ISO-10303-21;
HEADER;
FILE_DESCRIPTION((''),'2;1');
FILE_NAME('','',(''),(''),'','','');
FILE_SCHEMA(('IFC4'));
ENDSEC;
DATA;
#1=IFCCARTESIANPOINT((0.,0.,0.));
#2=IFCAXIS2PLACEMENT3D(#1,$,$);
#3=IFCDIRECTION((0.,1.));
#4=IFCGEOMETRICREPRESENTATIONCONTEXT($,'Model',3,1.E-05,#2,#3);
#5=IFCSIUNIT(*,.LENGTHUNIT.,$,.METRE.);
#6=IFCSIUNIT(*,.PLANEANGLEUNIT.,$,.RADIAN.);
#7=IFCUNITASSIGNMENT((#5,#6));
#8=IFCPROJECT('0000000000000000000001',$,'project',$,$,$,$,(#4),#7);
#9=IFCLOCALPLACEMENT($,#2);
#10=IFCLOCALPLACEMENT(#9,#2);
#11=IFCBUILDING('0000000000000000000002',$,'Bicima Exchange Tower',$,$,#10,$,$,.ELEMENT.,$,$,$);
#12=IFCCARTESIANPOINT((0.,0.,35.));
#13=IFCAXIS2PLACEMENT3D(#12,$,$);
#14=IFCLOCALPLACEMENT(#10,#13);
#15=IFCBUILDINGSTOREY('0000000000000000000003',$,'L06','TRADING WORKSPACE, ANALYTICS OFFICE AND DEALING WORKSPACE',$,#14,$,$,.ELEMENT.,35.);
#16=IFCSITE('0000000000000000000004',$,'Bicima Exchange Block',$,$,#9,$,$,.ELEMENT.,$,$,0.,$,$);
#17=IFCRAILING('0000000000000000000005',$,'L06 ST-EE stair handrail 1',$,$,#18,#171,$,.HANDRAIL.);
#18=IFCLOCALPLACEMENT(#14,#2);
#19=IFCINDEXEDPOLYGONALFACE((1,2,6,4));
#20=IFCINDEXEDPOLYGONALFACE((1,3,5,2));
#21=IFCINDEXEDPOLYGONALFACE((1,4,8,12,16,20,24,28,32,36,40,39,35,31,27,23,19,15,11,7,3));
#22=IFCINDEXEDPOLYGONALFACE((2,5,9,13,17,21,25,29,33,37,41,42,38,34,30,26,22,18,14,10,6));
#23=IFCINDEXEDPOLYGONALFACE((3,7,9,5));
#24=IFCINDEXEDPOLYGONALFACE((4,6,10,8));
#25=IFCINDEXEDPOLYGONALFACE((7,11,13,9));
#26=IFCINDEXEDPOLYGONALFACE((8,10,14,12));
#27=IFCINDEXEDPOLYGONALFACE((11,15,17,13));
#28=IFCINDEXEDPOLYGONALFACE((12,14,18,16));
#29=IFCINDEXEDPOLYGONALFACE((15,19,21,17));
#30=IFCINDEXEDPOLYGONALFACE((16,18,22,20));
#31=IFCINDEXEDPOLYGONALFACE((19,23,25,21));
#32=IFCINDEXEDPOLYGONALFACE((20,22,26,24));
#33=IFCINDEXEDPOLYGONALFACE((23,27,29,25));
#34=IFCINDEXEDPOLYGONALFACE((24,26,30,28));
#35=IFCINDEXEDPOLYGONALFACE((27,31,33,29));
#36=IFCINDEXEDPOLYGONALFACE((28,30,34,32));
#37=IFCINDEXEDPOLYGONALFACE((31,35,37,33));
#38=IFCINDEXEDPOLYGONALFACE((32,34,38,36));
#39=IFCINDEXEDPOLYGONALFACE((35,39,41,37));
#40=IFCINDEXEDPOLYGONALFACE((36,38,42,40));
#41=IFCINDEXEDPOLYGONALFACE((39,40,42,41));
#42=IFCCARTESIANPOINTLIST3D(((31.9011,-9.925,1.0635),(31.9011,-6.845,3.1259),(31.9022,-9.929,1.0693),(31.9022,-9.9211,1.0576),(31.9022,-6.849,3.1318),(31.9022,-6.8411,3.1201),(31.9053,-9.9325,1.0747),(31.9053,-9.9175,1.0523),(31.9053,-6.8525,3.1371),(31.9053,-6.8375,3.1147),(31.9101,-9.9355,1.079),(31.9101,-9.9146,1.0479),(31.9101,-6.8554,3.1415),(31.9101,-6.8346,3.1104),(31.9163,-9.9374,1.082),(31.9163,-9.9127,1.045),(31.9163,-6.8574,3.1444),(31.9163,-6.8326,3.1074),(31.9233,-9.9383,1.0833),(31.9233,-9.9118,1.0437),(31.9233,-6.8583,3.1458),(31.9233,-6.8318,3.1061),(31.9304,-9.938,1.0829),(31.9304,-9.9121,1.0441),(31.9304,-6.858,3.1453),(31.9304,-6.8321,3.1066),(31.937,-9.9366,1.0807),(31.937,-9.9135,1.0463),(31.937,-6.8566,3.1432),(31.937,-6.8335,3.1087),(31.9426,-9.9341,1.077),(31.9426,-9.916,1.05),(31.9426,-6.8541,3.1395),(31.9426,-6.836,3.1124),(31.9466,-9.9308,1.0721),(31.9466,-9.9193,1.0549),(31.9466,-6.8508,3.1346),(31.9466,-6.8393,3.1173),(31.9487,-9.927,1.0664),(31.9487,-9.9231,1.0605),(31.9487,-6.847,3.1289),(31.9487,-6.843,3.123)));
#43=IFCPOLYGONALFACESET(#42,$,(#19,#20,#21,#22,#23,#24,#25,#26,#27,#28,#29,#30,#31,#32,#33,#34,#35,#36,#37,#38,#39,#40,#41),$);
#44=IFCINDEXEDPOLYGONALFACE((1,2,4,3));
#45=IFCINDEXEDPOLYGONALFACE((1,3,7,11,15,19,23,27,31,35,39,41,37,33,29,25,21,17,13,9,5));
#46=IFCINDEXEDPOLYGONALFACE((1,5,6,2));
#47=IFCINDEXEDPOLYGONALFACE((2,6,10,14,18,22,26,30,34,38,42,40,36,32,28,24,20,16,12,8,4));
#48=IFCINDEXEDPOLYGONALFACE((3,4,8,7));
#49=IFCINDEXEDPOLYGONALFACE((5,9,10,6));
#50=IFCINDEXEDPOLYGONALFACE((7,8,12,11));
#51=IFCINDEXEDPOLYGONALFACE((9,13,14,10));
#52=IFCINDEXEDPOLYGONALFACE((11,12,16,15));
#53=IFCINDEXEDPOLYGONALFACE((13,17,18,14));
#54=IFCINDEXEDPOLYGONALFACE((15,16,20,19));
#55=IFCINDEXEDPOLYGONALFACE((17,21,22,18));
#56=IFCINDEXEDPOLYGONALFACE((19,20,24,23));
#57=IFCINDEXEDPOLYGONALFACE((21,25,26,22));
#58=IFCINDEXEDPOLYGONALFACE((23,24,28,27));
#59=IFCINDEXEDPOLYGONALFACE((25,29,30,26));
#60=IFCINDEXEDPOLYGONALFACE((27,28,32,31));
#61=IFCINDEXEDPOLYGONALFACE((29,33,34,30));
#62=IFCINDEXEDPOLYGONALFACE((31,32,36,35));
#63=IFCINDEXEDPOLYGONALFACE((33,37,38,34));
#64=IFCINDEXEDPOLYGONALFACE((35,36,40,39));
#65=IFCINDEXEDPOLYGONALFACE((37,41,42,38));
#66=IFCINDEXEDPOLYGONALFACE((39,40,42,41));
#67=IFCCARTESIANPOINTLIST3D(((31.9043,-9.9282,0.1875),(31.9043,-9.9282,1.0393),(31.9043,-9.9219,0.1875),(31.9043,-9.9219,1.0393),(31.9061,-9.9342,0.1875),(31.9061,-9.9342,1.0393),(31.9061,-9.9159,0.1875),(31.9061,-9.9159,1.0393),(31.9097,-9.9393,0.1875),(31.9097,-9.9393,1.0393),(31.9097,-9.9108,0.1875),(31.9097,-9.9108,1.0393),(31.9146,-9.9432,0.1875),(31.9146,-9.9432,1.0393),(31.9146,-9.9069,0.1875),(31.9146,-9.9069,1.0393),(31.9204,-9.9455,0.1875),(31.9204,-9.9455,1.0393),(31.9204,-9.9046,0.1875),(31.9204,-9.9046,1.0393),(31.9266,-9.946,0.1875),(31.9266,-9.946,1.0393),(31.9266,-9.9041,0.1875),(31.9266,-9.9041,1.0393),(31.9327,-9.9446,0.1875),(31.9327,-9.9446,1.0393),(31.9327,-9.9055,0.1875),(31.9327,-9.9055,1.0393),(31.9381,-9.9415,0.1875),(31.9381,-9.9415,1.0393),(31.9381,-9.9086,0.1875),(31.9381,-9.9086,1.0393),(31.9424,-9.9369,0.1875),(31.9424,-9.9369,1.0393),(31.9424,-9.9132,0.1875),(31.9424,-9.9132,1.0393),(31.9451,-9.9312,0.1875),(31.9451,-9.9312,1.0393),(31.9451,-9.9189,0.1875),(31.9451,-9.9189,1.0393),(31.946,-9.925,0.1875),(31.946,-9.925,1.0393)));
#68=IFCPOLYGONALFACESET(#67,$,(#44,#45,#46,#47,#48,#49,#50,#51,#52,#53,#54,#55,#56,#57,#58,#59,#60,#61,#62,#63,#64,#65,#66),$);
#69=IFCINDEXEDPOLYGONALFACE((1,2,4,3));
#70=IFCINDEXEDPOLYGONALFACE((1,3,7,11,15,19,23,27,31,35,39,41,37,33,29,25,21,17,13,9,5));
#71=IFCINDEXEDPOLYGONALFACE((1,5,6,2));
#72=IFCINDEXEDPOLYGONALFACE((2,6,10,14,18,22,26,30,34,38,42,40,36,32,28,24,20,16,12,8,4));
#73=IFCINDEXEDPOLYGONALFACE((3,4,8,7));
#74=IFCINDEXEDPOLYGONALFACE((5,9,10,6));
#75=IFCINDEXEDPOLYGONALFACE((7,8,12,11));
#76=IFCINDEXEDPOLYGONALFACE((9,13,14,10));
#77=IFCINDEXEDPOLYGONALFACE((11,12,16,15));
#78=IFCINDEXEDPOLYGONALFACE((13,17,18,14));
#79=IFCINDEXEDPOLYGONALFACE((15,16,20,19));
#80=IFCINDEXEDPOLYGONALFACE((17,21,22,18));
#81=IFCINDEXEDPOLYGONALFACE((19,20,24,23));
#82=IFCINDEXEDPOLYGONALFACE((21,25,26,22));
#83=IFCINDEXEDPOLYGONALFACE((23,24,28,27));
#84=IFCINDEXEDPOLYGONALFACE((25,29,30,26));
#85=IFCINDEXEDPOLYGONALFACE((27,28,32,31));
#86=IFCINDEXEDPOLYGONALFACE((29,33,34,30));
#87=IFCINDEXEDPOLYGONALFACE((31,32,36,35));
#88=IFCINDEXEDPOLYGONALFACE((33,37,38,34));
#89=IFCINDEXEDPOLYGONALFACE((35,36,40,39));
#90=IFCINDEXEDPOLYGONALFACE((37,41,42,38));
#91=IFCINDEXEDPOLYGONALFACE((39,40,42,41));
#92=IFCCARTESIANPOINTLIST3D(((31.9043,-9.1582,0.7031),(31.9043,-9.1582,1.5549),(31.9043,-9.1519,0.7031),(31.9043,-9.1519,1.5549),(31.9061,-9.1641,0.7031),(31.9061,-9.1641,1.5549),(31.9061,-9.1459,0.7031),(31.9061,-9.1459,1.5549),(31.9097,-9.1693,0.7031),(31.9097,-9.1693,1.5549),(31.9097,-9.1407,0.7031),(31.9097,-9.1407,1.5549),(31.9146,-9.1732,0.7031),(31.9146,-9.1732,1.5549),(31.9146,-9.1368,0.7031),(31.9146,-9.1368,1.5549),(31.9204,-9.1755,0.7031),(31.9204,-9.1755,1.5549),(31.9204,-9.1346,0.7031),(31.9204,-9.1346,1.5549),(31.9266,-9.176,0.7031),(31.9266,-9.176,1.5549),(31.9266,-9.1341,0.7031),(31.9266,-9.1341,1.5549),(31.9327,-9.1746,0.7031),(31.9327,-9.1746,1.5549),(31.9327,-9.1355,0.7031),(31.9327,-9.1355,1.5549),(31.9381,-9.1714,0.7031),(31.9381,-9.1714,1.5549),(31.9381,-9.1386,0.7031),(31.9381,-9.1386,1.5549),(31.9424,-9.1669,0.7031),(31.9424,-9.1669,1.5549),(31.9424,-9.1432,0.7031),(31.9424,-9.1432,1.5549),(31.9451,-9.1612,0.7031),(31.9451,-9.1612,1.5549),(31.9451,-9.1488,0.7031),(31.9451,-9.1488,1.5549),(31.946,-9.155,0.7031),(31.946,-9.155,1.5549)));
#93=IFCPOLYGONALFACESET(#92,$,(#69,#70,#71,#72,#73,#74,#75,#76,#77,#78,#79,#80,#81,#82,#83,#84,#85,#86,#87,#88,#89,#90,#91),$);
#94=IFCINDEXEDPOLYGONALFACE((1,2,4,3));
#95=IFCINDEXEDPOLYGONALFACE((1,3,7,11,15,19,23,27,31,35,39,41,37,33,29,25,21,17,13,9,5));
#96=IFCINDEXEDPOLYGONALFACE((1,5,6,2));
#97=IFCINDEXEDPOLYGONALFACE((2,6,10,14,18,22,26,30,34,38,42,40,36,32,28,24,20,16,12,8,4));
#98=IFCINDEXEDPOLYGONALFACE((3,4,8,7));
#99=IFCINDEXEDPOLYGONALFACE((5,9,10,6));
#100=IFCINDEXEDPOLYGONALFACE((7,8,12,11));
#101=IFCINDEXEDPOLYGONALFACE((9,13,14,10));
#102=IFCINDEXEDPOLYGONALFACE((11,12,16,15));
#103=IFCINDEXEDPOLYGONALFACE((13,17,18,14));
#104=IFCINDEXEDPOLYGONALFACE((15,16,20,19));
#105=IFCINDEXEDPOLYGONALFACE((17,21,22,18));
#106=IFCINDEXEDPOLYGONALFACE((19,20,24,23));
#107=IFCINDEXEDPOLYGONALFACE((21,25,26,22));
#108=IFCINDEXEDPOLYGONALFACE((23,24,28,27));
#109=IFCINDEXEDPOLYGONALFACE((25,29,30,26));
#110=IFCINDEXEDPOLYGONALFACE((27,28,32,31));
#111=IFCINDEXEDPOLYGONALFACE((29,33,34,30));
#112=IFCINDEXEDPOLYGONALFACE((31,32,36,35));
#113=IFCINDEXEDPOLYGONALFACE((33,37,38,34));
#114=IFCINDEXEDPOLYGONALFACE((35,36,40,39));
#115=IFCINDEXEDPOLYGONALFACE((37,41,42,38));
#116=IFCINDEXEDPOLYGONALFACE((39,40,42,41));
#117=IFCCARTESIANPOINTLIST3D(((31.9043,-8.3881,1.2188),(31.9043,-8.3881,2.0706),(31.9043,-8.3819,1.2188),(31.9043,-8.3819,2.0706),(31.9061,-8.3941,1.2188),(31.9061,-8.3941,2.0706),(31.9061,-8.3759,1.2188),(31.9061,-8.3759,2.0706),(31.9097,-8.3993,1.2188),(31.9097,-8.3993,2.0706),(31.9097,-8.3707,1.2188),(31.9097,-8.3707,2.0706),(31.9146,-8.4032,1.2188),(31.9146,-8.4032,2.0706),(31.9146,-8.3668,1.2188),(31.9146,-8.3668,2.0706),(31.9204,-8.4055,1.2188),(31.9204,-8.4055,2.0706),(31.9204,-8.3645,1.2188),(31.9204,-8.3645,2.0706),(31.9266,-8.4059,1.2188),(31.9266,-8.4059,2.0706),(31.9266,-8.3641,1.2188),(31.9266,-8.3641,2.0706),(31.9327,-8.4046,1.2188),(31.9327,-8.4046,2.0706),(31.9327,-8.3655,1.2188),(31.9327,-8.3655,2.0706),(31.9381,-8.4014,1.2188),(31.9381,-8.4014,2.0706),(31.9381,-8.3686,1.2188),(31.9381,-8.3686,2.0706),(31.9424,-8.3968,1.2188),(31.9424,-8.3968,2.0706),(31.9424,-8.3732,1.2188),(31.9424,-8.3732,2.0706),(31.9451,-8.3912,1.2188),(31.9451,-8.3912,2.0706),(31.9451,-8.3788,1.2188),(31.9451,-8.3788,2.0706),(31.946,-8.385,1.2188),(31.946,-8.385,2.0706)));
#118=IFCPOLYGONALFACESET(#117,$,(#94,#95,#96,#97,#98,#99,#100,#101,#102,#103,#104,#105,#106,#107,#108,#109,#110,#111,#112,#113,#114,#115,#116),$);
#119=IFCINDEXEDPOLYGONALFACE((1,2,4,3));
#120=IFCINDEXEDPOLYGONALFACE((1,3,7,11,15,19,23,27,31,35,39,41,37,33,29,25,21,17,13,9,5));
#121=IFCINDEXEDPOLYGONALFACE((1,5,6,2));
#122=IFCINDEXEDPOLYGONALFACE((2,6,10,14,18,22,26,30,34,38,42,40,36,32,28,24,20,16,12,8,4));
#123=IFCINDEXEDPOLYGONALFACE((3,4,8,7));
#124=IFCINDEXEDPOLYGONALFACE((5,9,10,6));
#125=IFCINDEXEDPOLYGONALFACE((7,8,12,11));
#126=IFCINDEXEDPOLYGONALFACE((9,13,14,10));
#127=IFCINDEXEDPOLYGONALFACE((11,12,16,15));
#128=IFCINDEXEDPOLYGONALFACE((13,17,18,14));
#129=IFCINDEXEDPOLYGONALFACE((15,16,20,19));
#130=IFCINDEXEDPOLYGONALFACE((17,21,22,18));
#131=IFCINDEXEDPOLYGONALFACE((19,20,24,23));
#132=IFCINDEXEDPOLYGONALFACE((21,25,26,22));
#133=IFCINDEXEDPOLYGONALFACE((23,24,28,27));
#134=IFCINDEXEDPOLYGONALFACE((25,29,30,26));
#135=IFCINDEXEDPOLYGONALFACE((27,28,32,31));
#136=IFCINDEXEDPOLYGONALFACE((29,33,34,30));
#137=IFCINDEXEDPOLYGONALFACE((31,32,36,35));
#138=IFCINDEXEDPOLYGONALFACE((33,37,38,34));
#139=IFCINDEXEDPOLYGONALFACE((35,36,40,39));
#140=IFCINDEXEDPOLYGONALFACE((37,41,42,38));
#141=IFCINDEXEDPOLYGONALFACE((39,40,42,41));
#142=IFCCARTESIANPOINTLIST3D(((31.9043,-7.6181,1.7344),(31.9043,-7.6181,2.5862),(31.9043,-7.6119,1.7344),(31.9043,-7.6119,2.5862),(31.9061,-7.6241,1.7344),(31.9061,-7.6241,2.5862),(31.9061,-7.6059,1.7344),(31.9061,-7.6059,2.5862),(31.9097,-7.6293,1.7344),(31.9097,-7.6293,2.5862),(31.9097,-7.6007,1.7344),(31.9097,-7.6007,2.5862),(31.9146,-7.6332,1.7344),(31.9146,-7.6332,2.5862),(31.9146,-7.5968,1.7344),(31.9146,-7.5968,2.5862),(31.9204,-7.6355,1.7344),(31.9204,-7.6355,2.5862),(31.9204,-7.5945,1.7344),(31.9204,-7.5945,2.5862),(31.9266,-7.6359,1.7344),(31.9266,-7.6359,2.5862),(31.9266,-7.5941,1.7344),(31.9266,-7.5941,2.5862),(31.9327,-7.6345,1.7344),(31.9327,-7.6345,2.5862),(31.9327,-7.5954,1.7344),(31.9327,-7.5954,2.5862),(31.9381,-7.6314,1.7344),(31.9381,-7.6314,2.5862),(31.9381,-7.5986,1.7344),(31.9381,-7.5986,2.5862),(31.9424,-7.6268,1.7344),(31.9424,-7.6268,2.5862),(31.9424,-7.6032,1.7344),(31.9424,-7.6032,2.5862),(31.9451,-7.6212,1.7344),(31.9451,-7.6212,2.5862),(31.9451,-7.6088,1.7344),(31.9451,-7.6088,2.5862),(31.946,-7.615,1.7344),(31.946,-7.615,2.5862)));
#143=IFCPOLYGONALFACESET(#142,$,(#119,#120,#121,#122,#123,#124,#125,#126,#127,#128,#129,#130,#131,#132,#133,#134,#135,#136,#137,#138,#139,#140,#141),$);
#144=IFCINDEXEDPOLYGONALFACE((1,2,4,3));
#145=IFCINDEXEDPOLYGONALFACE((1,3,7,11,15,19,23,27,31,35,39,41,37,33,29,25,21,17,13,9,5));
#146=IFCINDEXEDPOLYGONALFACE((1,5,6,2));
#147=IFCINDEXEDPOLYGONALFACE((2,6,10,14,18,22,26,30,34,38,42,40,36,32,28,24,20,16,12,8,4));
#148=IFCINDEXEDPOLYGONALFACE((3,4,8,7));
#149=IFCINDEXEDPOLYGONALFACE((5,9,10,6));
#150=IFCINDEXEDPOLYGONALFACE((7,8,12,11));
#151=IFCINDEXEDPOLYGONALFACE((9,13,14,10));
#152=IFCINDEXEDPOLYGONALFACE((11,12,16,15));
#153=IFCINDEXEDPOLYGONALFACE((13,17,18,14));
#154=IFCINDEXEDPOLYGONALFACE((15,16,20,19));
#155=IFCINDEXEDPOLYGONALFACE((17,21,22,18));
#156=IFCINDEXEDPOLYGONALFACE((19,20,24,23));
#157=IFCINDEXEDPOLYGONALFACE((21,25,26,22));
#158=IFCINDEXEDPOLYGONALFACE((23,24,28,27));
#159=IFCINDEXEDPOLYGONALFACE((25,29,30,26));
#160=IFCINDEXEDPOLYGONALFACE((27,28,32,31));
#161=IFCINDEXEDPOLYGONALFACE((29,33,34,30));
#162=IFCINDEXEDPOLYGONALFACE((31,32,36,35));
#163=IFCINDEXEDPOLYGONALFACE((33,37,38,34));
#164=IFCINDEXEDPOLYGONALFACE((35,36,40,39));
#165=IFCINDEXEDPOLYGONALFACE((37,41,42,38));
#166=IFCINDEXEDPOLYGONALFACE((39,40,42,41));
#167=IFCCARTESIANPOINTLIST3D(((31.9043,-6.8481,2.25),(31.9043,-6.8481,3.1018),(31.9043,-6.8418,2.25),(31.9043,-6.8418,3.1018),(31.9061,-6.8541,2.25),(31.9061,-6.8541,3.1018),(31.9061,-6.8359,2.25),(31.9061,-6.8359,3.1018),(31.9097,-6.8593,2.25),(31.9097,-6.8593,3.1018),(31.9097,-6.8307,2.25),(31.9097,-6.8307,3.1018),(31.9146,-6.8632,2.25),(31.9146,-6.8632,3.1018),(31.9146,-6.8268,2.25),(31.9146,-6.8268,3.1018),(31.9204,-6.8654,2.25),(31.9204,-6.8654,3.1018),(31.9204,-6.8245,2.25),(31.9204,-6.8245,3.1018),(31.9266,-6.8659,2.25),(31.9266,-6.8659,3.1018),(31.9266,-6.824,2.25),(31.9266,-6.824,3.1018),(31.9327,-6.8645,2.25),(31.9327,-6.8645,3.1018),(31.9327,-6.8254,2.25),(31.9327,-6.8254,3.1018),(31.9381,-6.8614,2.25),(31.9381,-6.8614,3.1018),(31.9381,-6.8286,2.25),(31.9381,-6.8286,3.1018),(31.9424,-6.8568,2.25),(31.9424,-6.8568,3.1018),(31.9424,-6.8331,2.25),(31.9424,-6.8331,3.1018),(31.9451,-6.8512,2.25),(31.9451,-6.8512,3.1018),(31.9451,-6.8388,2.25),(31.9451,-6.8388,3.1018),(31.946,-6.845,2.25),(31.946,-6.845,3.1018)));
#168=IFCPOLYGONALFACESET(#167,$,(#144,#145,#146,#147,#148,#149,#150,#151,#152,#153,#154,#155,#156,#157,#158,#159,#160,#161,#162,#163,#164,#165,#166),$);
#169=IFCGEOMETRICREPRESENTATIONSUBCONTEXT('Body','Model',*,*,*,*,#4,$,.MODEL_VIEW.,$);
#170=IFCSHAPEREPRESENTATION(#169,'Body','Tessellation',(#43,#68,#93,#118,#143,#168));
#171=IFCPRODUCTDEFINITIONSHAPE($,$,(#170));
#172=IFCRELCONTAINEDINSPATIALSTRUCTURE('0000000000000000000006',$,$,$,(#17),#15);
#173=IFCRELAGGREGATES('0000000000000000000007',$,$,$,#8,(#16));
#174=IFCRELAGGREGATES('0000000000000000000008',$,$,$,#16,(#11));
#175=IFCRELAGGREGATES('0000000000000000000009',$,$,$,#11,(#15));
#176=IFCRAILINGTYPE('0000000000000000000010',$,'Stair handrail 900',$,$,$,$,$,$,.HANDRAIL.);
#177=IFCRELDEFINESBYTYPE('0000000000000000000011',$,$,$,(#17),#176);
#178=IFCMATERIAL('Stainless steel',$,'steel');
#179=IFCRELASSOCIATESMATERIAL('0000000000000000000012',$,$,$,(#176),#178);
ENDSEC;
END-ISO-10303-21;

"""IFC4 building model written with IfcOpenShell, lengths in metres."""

from ifc_helpers import new_model, si_unit, direction, frame, origin, origin_2d, place, context, subcontext, project, spatial, circle, extrude, material, type_object, element, save


model = new_model("IFC4")

# Units and contexts
model_context = context("Model", 3, precision=1e-05, world=origin(), true_north=direction((0.0, 1.0)))
body_context = subcontext(model_context, "Body", "Model", "MODEL_VIEW")
ifc_project = project(units=[si_unit("LENGTHUNIT", "METRE"), si_unit("PLANEANGLEUNIT", "RADIAN")], contexts=[model_context])

# Site, building, storey
site_placement = place(None, origin())
site = spatial("IfcSite", under=ifc_project, at=site_placement, Name="Bicima Exchange Block", CompositionType="ELEMENT", RefElevation=0.0)
building_placement = place(site_placement, origin())
building = spatial("IfcBuilding", under=site, at=building_placement, Name="Bicima Exchange Tower", CompositionType="ELEMENT")
storey_placement = place(building_placement, frame((0.0, 0.0, 35.0)))
storey = spatial("IfcBuildingStorey", under=building, at=storey_placement, Name="L06", Description="TRADING WORKSPACE, ANALYTICS OFFICE AND DEALING WORKSPACE", CompositionType="ELEMENT", Elevation=35.0)

# Railing
ifc_material_1 = material(Name="Stainless steel", Category="steel")
railing_type_1 = type_object("IfcRailingType", Name="Stair handrail 900", PredefinedType="HANDRAIL", material=ifc_material_1)
for number, where, name in (
    (1, (31.925, -9.925, 0.1875), "L06 ST-EE stair handrail 1"),
):
    element("IfcRailing", number, at=place(storey_placement, frame(where)), inside=storey, type_object=railing_type_1, Name=name, PredefinedType="HANDRAIL", context=body_context, shape_type="SweptSolid", body=[
        extrude(circle(Radius=0.0239, at=origin_2d()), frame((0.0, 0.0, 0.876), z_axis=(0.0, 0.830914, 0.556401), x_axis=(-1.0, 0.0, 0.0)), (0.0, 0.0, 1.0), 3.7068),
        extrude(circle(Radius=0.021, at=origin_2d()), origin(), (0.0, 0.0, 1.0), 0.8518),
        extrude(circle(Radius=0.021, at=origin_2d()), frame((0.0, 0.77, 0.5156)), (0.0, 0.0, 1.0), 0.8518),
        extrude(circle(Radius=0.021, at=origin_2d()), frame((0.0, 1.54, 1.0312)), (0.0, 0.0, 1.0), 0.8518),
        extrude(circle(Radius=0.021, at=origin_2d()), frame((0.0, 2.3101, 1.5469)), (0.0, 0.0, 1.0), 0.8518),
        extrude(circle(Radius=0.021, at=origin_2d()), frame((0.0, 3.0801, 2.0625)), (0.0, 0.0, 1.0), 0.8518),
    ])

save(model, "model.ifc")
